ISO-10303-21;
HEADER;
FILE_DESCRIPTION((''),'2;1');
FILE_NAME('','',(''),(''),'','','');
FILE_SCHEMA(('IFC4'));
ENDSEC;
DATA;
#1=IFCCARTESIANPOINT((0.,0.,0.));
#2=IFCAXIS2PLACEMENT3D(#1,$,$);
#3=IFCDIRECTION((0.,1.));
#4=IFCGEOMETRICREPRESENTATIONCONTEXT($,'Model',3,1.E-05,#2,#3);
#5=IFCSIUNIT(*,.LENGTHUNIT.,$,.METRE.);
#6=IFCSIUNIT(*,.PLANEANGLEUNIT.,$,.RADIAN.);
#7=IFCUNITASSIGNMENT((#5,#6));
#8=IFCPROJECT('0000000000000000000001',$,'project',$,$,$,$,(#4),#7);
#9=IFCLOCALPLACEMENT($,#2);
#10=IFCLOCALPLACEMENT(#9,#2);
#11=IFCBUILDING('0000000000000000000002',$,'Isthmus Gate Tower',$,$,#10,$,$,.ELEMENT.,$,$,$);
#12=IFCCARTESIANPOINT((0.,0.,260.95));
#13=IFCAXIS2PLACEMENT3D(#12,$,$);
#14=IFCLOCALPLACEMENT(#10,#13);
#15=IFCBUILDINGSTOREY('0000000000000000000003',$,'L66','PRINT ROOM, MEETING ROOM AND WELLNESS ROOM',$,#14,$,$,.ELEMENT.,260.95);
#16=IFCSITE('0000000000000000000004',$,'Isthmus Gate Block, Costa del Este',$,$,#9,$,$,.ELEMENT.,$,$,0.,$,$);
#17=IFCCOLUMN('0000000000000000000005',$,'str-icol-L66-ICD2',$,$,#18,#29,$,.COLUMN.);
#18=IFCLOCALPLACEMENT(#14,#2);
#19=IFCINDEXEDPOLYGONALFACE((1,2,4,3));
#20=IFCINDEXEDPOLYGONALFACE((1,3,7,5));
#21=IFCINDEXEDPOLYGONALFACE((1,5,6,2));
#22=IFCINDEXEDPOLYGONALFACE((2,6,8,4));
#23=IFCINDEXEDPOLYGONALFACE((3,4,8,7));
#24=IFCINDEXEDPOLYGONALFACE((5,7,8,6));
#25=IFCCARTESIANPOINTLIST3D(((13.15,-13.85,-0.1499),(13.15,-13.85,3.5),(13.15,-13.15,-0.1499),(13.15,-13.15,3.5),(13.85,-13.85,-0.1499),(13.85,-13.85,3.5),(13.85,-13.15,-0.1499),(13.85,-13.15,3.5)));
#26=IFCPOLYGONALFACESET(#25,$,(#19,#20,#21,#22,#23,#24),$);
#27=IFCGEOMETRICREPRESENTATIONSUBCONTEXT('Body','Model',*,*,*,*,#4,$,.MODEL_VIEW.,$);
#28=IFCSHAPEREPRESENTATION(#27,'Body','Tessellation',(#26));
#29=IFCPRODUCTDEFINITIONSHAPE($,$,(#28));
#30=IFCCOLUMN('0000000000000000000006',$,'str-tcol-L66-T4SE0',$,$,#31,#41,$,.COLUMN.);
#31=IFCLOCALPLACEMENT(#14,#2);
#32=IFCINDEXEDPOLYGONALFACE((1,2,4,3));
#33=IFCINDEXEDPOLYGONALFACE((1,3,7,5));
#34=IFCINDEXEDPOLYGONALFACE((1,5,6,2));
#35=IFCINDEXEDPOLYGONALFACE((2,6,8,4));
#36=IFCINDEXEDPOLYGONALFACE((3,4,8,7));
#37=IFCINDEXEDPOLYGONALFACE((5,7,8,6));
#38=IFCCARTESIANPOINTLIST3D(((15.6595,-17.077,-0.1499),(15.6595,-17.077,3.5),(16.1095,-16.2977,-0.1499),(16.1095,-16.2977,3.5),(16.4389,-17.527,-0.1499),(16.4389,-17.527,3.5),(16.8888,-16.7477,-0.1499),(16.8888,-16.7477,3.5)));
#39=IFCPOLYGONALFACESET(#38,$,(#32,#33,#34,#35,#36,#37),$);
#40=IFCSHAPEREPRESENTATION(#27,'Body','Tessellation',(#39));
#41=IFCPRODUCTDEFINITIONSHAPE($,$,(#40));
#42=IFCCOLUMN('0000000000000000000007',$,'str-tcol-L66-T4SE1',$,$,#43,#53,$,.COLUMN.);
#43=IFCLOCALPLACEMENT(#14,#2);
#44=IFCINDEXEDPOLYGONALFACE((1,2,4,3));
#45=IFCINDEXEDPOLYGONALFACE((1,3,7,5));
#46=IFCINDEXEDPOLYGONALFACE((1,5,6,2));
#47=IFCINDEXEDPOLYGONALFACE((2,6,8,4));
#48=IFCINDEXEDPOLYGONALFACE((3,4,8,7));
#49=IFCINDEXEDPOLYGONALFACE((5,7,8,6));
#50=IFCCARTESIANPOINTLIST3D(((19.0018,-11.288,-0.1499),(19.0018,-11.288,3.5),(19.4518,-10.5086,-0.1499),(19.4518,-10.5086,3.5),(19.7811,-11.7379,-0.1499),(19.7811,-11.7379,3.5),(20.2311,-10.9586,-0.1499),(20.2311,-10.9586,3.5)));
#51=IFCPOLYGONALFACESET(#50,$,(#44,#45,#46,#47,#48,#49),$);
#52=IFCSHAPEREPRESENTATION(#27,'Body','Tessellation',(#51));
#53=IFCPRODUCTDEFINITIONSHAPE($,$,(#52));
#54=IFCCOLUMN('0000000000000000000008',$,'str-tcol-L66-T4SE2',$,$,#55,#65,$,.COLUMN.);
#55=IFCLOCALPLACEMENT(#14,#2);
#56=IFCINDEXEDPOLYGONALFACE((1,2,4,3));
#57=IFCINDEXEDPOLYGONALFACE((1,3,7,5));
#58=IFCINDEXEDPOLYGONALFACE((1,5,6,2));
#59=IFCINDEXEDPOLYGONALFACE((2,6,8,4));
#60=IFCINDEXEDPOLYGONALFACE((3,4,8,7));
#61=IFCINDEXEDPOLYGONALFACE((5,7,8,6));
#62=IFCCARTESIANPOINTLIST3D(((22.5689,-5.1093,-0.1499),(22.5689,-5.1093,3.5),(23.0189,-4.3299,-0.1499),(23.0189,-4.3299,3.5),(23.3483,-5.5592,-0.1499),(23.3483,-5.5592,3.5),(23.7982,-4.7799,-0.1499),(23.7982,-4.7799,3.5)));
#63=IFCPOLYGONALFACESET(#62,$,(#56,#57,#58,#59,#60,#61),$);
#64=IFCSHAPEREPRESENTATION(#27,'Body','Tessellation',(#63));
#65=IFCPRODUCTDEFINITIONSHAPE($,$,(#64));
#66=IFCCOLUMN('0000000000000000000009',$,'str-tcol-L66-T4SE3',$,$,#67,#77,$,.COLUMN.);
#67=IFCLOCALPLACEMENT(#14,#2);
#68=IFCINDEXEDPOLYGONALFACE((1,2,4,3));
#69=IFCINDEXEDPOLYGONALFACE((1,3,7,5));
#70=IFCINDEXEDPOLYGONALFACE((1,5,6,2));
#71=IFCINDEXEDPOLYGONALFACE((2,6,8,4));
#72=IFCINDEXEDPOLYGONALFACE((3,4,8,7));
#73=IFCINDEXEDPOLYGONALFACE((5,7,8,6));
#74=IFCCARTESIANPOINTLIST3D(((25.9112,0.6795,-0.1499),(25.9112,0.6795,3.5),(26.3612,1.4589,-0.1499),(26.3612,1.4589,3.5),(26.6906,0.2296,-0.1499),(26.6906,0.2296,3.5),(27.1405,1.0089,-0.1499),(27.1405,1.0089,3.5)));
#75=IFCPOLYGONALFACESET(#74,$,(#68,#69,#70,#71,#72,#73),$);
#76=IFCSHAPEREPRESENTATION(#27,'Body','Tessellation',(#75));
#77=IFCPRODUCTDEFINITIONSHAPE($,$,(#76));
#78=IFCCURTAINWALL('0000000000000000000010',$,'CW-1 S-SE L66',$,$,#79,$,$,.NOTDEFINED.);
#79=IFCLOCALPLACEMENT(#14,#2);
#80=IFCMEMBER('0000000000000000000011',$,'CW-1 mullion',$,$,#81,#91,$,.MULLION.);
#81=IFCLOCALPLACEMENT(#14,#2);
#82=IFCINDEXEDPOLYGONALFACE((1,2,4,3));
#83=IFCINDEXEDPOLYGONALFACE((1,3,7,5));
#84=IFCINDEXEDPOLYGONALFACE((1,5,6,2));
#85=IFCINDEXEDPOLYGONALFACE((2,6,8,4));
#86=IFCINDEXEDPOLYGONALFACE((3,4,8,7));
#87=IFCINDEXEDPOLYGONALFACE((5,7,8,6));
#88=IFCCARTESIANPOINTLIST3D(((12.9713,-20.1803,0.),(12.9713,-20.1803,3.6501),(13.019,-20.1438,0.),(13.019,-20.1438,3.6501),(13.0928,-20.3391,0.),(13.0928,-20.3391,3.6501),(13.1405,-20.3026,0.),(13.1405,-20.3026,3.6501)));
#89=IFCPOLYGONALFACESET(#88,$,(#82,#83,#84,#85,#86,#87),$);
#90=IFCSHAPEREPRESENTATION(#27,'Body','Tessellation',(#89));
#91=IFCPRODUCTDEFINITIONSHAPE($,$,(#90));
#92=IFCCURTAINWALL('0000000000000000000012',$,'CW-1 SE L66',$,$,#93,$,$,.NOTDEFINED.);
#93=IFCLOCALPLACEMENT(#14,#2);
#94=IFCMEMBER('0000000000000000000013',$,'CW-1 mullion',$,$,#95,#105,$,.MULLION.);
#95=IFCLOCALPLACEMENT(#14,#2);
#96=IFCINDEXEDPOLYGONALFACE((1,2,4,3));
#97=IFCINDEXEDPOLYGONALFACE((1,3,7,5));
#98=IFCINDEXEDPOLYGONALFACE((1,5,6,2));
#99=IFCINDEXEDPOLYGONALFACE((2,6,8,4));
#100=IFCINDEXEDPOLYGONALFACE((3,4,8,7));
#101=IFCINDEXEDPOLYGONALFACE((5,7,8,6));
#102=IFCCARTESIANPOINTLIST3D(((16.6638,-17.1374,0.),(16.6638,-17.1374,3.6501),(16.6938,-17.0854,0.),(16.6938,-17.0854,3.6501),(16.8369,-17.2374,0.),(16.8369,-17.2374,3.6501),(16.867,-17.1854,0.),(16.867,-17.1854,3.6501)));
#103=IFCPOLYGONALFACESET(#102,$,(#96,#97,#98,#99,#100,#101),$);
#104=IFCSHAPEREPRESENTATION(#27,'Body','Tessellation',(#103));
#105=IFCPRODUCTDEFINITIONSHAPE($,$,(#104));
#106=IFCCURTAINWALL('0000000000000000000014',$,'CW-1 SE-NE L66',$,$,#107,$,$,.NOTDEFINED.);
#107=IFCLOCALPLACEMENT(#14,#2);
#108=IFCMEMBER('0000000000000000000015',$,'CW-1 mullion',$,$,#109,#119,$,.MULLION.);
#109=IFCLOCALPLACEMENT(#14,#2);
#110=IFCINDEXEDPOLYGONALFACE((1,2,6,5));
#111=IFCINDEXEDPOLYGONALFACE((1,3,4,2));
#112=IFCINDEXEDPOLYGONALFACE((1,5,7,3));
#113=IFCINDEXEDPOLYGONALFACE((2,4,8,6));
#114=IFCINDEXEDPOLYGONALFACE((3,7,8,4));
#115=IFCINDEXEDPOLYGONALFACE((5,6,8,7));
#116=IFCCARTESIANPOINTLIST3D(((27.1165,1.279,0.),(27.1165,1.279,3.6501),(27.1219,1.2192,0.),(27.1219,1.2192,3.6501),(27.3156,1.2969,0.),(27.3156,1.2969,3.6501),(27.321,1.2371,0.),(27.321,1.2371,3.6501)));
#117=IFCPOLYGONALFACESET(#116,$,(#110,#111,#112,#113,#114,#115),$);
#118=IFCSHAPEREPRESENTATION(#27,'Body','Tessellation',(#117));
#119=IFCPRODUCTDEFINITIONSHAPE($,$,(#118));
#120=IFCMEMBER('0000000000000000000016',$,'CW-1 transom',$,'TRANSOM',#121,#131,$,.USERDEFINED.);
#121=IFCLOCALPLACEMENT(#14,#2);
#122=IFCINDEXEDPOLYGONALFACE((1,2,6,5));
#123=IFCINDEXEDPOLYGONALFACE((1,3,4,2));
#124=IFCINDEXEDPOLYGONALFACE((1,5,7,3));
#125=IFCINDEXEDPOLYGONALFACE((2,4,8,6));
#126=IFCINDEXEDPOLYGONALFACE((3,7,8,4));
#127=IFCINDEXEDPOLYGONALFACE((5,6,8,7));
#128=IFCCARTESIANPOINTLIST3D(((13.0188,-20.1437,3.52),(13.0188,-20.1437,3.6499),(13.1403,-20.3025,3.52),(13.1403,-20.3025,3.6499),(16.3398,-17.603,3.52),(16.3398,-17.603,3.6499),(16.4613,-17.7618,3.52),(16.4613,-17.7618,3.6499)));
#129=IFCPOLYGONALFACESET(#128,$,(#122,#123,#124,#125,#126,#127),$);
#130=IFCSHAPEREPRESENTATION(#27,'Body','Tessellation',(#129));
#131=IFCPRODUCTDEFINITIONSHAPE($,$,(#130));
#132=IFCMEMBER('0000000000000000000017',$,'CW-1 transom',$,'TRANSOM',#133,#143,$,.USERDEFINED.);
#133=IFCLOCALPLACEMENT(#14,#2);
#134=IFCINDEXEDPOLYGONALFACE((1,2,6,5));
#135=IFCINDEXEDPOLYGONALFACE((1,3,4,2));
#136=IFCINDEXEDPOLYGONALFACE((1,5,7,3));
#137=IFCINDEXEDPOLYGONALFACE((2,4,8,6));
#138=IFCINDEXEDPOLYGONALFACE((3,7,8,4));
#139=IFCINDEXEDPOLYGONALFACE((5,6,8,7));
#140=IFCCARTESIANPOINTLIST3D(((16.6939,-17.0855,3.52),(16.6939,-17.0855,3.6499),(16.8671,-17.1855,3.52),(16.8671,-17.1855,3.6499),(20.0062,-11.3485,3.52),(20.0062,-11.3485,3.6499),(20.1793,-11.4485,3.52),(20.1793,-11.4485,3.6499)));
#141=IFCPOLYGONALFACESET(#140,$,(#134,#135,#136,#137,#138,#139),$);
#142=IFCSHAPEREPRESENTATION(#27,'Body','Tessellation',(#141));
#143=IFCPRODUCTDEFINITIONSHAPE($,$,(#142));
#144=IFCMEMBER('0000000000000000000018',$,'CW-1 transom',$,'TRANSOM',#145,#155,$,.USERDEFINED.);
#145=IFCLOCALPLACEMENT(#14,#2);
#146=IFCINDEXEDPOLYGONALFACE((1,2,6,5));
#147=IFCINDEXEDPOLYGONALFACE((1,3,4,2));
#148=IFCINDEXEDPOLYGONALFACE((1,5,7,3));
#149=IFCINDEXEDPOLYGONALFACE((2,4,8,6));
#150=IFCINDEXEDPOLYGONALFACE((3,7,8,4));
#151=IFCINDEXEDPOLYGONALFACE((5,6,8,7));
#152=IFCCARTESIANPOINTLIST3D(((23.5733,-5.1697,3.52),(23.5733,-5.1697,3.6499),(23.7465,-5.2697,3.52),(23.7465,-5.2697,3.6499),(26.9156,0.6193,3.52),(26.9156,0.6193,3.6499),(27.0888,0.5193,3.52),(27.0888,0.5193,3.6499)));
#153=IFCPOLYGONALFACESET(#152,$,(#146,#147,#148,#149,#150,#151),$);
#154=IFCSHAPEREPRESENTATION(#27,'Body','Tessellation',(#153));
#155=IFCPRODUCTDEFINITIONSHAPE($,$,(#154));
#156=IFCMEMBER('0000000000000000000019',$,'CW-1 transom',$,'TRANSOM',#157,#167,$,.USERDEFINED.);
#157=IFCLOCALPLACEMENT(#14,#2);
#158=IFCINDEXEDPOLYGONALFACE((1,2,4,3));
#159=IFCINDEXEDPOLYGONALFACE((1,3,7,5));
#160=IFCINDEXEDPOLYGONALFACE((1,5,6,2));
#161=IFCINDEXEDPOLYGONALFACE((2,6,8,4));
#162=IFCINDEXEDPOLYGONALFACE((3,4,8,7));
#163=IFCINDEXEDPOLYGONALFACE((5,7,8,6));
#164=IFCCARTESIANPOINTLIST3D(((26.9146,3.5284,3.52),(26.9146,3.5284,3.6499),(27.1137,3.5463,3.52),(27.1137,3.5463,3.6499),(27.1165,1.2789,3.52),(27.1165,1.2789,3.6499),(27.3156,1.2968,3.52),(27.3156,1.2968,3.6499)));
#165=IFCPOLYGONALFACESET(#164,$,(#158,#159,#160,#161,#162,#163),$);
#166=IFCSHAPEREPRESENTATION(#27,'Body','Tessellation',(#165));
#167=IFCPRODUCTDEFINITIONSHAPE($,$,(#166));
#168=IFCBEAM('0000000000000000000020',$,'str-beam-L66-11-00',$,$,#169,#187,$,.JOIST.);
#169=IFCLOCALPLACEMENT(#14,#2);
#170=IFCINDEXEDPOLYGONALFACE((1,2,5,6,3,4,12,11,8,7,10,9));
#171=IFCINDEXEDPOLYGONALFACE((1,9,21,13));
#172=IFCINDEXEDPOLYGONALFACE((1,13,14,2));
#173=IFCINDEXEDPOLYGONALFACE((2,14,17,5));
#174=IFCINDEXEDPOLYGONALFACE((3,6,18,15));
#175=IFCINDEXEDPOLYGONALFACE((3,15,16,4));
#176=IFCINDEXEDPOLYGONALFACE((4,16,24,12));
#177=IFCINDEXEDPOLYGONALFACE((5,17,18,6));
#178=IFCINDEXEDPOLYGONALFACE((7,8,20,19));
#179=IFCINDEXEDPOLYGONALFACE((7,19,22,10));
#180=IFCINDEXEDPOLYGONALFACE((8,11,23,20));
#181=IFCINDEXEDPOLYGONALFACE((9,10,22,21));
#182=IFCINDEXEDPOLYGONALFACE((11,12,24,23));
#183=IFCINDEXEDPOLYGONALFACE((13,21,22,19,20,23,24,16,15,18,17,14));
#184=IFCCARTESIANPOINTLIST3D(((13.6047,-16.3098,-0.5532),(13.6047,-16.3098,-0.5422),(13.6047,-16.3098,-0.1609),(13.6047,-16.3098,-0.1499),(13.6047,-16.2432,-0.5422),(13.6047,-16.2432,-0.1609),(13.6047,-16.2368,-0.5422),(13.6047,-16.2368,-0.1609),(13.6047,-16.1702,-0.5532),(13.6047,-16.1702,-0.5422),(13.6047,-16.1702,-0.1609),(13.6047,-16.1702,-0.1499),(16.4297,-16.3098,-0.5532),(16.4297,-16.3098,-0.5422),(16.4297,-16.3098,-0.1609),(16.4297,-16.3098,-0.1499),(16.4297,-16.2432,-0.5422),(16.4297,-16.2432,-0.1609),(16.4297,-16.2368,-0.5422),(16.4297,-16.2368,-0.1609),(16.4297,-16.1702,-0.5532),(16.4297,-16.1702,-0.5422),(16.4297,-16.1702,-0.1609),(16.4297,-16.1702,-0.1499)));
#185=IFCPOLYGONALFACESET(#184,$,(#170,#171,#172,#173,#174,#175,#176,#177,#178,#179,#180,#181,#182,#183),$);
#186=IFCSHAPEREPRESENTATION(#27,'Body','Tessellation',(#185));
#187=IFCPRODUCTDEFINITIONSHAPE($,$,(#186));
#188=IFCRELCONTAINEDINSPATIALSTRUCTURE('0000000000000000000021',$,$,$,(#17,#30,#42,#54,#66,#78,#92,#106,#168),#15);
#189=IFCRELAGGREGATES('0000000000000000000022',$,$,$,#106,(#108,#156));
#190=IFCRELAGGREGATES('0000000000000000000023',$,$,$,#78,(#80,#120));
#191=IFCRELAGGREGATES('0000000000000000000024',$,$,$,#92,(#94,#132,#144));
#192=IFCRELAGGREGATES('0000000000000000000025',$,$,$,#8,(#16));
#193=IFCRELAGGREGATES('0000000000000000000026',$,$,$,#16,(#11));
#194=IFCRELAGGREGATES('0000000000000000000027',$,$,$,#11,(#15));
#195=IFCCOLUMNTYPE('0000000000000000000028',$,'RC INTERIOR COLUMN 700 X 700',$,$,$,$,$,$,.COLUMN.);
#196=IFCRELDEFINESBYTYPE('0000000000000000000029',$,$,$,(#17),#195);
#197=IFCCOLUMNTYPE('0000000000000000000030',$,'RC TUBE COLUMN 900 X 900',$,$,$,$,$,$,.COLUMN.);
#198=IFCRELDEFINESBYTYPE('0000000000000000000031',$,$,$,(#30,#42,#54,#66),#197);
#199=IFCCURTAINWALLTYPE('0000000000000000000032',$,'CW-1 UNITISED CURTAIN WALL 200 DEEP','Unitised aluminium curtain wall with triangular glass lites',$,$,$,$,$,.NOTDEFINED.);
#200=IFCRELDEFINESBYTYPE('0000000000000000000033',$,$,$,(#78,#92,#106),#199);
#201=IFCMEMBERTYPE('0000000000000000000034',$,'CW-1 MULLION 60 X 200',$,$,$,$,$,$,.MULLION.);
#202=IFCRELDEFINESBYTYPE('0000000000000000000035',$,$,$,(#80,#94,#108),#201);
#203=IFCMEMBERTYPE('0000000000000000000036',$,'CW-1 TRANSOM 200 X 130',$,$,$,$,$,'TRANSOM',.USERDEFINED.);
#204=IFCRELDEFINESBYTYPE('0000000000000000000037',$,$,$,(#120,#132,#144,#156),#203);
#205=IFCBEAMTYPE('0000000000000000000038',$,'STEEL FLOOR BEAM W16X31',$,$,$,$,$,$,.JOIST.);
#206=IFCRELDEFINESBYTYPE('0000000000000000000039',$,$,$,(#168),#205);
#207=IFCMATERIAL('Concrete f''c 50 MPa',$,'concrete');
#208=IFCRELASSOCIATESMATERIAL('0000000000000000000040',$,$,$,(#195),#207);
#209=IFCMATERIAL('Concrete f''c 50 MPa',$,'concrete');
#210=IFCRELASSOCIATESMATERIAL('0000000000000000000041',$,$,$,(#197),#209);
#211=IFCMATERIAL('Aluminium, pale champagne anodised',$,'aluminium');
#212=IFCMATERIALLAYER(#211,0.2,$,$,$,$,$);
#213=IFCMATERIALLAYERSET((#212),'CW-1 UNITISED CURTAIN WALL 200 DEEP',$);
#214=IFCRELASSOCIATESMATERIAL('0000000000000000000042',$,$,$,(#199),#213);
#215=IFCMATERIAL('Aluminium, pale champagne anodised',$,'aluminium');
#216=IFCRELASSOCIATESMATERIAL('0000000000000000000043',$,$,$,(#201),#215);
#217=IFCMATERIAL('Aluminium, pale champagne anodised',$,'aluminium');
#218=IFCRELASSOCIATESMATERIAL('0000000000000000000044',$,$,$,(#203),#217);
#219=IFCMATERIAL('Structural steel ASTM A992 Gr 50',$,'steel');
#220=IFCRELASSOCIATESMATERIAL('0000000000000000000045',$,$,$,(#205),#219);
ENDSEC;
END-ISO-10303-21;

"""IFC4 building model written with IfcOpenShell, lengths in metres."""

from ifc_helpers import new_model, si_unit, direction, frame, origin, origin_2d, place, context, subcontext, project, spatial, rectangle, i_section, extrude, material, layer, layer_set, material_profile, profile_set, type_object, element, aggregate, save


model = new_model("IFC4")

# Units and contexts
model_context = context("Model", 3, precision=1e-05, world=origin(), true_north=direction((0.0, 1.0)))
body_context = subcontext(model_context, "Body", "Model", "MODEL_VIEW")
ifc_project = project(units=[si_unit("LENGTHUNIT", "METRE"), si_unit("PLANEANGLEUNIT", "RADIAN")], contexts=[model_context])

# Site, building, storey
site_placement = place(None, origin())
site = spatial("IfcSite", under=ifc_project, at=site_placement, Name="Isthmus Gate Block, Costa del Este", CompositionType="ELEMENT", RefElevation=0.0)
building_placement = place(site_placement, origin())
building = spatial("IfcBuilding", under=site, at=building_placement, Name="Isthmus Gate Tower", CompositionType="ELEMENT")
storey_placement = place(building_placement, frame((0.0, 0.0, 260.95)))
storey = spatial("IfcBuildingStorey", under=building, at=storey_placement, Name="L66", Description="PRINT ROOM, MEETING ROOM AND WELLNESS ROOM", CompositionType="ELEMENT", Elevation=260.95)

# Columns
ifc_material_1 = material(Name="Concrete f'c 50 MPa", Category="concrete")
ifc_material_profile_1 = material_profile(ifc_material_1, rectangle(XDim=0.7, YDim=0.7, at=origin_2d()), Name="RC 700X700")
ifc_profile_set_1 = profile_set([ifc_material_profile_1], Name="Concrete f'c 50 MPa")
column_type_1 = type_object("IfcColumnType", Name="RC INTERIOR COLUMN 700 X 700", PredefinedType="COLUMN", material=ifc_profile_set_1)
column_placement = place(storey_placement, frame((13.5, -13.5, -0.1499), z_axis=(0.0, 0.0, 1.0), x_axis=(1.0, 0.0, 0.0)))
element("IfcColumn", 1, at=column_placement, inside=storey, type_object=column_type_1, Name="str-icol-L66-ICD2", PredefinedType="COLUMN", context=body_context, shape_type="SweptSolid", body=[
    extrude(rectangle(XDim=0.7, YDim=0.7, at=origin_2d()), origin(), (0.0, 0.0, 1.0), 3.6499),
])
ifc_material_2 = material(Name="Concrete f'c 50 MPa", Category="concrete")
ifc_material_profile_2 = material_profile(ifc_material_2, rectangle(XDim=0.8999, YDim=0.8999, at=origin_2d()), Name="RC 900X900")
ifc_profile_set_2 = profile_set([ifc_material_profile_2], Name="Concrete f'c 50 MPa")
column_type_2 = type_object("IfcColumnType", Name="RC TUBE COLUMN 900 X 900", PredefinedType="COLUMN", material=ifc_profile_set_2)
for number, where, z_axis, x_axis, name in (
    (2, (16.2742, -16.9124, -0.1499), (0.0, 0.0, 1.0), (0.5, 0.866025, 0.0), "str-tcol-L66-T4SE0"),
    (3, (19.6165, -11.1233, -0.1499), (0.0, 0.0, 1.0), (0.5, 0.866025, 0.0), "str-tcol-L66-T4SE1"),
    (4, (23.1836, -4.9446, -0.1499), (0.0, 0.0, 1.0), (0.5, 0.866025, 0.0), "str-tcol-L66-T4SE2"),
    (5, (26.5259, 0.8442, -0.1499), (0.0, 0.0, 1.0), (0.5, 0.866025, 0.0), "str-tcol-L66-T4SE3"),
):
    element("IfcColumn", number, at=place(storey_placement, frame(where, z_axis=z_axis, x_axis=x_axis)), inside=storey, type_object=column_type_2, Name=name, PredefinedType="COLUMN", context=body_context, shape_type="SweptSolid", body=[
        extrude(rectangle(XDim=0.8999, YDim=0.8999, at=origin_2d()), origin(), (0.0, 0.0, 1.0), 3.6499),
    ])

# Curtain walls, members
ifc_material_3 = material(Name="Aluminium, pale champagne anodised", Category="aluminium")
ifc_layer_1 = layer(ifc_material_3, 0.2)
ifc_layer_set_1 = layer_set([ifc_layer_1], Name="CW-1 UNITISED CURTAIN WALL 200 DEEP")
curtain_wall_type = type_object("IfcCurtainWallType", Name="CW-1 UNITISED CURTAIN WALL 200 DEEP", Description="Unitised aluminium curtain wall with triangular glass lites", PredefinedType="NOTDEFINED", material=ifc_layer_set_1)
curtain_wall_1_placement = place(storey_placement, origin())
curtain_wall_1 = element("IfcCurtainWall", 6, at=curtain_wall_1_placement, inside=storey, type_object=curtain_wall_type, Name="CW-1 S-SE L66", PredefinedType="NOTDEFINED")
ifc_material_4 = material(Name="Aluminium, pale champagne anodised", Category="aluminium")
ifc_material_profile_3 = material_profile(ifc_material_4, rectangle(XDim=0.0601, YDim=0.2, at=origin_2d()), Name="60x200")
ifc_profile_set_3 = profile_set([ifc_material_profile_3], Name="Aluminium, pale champagne anodised")
member_type_1 = type_object("IfcMemberType", Name="CW-1 MULLION 60 X 200", PredefinedType="MULLION", material=ifc_profile_set_3)
member_1_placement = place(storey_placement, frame((13.0559, -20.2415, 0.0), z_axis=(0.0, 0.0, 1.0), x_axis=(0.794189, 0.607671, 0.0)))
member_1 = element("IfcMember", 7, at=member_1_placement, type_object=member_type_1, Name="CW-1 mullion", PredefinedType="MULLION", context=body_context, shape_type="SweptSolid", body=[
    extrude(rectangle(XDim=0.0601, YDim=0.2, at=origin_2d()), origin(), (0.0, 0.0, 1.0), 3.6501),
])
curtain_wall_2_placement = place(storey_placement, origin())
curtain_wall_2 = element("IfcCurtainWall", 8, at=curtain_wall_2_placement, inside=storey, type_object=curtain_wall_type, Name="CW-1 SE L66", PredefinedType="NOTDEFINED")
member_2_placement = place(storey_placement, frame((16.7654, -17.1614, 0.0), z_axis=(0.0, 0.0, 1.0), x_axis=(0.5, 0.866025, 0.0)))
member_2 = element("IfcMember", 9, at=member_2_placement, type_object=member_type_1, Name="CW-1 mullion", PredefinedType="MULLION", context=body_context, shape_type="SweptSolid", body=[
    extrude(rectangle(XDim=0.0601, YDim=0.2, at=origin_2d()), origin(), (0.0, 0.0, 1.0), 3.6501),
])
curtain_wall_3_placement = place(storey_placement, origin())
curtain_wall_3 = element("IfcCurtainWall", 10, at=curtain_wall_3_placement, inside=storey, type_object=curtain_wall_type, Name="CW-1 SE-NE L66", PredefinedType="NOTDEFINED")
member_3_placement = place(storey_placement, frame((27.2188, 1.2581, 0.0), z_axis=(0.0, 0.0, 1.0), x_axis=(-0.089397, 0.995996, 0.0)))
member_3 = element("IfcMember", 11, at=member_3_placement, type_object=member_type_1, Name="CW-1 mullion", PredefinedType="MULLION", context=body_context, shape_type="SweptSolid", body=[
    extrude(rectangle(XDim=0.0601, YDim=0.2, at=origin_2d()), origin(), (0.0, 0.0, 1.0), 3.6501),
])

# Members
ifc_material_5 = material(Name="Aluminium, pale champagne anodised", Category="aluminium")
ifc_material_profile_4 = material_profile(ifc_material_5, rectangle(XDim=0.2, YDim=0.1299, at=origin_2d()), Name="200x130")
ifc_profile_set_4 = profile_set([ifc_material_profile_4], Name="Aluminium, pale champagne anodised")
member_type_2 = type_object("IfcMemberType", Name="CW-1 TRANSOM 200 X 130", ElementType="TRANSOM", PredefinedType="USERDEFINED", material=ifc_profile_set_4)
member_4_placement = place(storey_placement, frame((13.0796, -20.2231, 3.585), z_axis=(0.794225, 0.607623, 0.0), x_axis=(-0.607623, 0.794225, 0.0)))
member_4 = element("IfcMember", 12, at=member_4_placement, type_object=member_type_2, Name="CW-1 transom", ObjectType="TRANSOM", PredefinedType="USERDEFINED", context=body_context, shape_type="SweptSolid", body=[
    extrude(rectangle(XDim=0.2, YDim=0.1299, at=origin_2d()), origin(), (0.0, 0.0, 1.0), 4.1814),
])
member_5_placement = place(storey_placement, frame((16.7805, -17.1355, 3.585), z_axis=(0.499996, 0.866028, 0.0), x_axis=(-0.866028, 0.499996, 0.0)))
member_5 = element("IfcMember", 13, at=member_5_placement, type_object=member_type_2, Name="CW-1 transom", ObjectType="TRANSOM", PredefinedType="USERDEFINED", context=body_context, shape_type="SweptSolid", body=[
    extrude(rectangle(XDim=0.2, YDim=0.1299, at=origin_2d()), origin(), (0.0, 0.0, 1.0), 6.6245),
])
member_6_placement = place(storey_placement, frame((23.6599, -5.2197, 3.585), z_axis=(0.499996, 0.866027, 0.0), x_axis=(-0.866027, 0.499996, 0.0)))
member_6 = element("IfcMember", 14, at=member_6_placement, type_object=member_type_2, Name="CW-1 transom", ObjectType="TRANSOM", PredefinedType="USERDEFINED", context=body_context, shape_type="SweptSolid", body=[
    extrude(rectangle(XDim=0.2, YDim=0.1299, at=origin_2d()), origin(), (0.0, 0.0, 1.0), 6.6846),
])
member_7_placement = place(storey_placement, frame((27.2161, 1.2878, 3.585), z_axis=(-0.089395, 0.995996, 0.0), x_axis=(-0.995996, -0.089395, 0.0)))
member_7 = element("IfcMember", 15, at=member_7_placement, type_object=member_type_2, Name="CW-1 transom", ObjectType="TRANSOM", PredefinedType="USERDEFINED", context=body_context, shape_type="SweptSolid", body=[
    extrude(rectangle(XDim=0.2, YDim=0.1299, at=origin_2d()), origin(), (0.0, 0.0, 1.0), 2.2585),
])
aggregate(curtain_wall_3, [member_3, member_7])

# Beam
ifc_material_6 = material(Name="Structural steel ASTM A992 Gr 50", Category="steel")
ifc_material_profile_5 = material_profile(ifc_material_6, i_section(OverallWidth=0.1396, OverallDepth=0.4033, WebThickness=0.0063, FlangeThickness=0.011, at=origin_2d()), Name="W16X31")
ifc_profile_set_5 = profile_set([ifc_material_profile_5], Name="Structural steel ASTM A992 Gr 50")
beam_type_1 = type_object("IfcBeamType", Name="STEEL FLOOR BEAM W16X31", PredefinedType="JOIST", material=ifc_profile_set_5)
beam_1_placement = place(storey_placement, frame((13.6047, -16.24, -0.3516), z_axis=(1.0, 0.0, 0.0), x_axis=(0.0, 1.0, 0.0)))
element("IfcBeam", 16, at=beam_1_placement, inside=storey, type_object=beam_type_1, Name="str-beam-L66-11-00", PredefinedType="JOIST", context=body_context, shape_type="SweptSolid", body=[
    extrude(i_section(OverallWidth=0.1396, OverallDepth=0.4033, WebThickness=0.0063, FlangeThickness=0.011, at=origin_2d()), origin(), (0.0, 0.0, 1.0), 2.825),
])

aggregate(curtain_wall_1, [member_1, member_4])
aggregate(curtain_wall_2, [member_2, member_5, member_6])

save(model, "model.ifc")
